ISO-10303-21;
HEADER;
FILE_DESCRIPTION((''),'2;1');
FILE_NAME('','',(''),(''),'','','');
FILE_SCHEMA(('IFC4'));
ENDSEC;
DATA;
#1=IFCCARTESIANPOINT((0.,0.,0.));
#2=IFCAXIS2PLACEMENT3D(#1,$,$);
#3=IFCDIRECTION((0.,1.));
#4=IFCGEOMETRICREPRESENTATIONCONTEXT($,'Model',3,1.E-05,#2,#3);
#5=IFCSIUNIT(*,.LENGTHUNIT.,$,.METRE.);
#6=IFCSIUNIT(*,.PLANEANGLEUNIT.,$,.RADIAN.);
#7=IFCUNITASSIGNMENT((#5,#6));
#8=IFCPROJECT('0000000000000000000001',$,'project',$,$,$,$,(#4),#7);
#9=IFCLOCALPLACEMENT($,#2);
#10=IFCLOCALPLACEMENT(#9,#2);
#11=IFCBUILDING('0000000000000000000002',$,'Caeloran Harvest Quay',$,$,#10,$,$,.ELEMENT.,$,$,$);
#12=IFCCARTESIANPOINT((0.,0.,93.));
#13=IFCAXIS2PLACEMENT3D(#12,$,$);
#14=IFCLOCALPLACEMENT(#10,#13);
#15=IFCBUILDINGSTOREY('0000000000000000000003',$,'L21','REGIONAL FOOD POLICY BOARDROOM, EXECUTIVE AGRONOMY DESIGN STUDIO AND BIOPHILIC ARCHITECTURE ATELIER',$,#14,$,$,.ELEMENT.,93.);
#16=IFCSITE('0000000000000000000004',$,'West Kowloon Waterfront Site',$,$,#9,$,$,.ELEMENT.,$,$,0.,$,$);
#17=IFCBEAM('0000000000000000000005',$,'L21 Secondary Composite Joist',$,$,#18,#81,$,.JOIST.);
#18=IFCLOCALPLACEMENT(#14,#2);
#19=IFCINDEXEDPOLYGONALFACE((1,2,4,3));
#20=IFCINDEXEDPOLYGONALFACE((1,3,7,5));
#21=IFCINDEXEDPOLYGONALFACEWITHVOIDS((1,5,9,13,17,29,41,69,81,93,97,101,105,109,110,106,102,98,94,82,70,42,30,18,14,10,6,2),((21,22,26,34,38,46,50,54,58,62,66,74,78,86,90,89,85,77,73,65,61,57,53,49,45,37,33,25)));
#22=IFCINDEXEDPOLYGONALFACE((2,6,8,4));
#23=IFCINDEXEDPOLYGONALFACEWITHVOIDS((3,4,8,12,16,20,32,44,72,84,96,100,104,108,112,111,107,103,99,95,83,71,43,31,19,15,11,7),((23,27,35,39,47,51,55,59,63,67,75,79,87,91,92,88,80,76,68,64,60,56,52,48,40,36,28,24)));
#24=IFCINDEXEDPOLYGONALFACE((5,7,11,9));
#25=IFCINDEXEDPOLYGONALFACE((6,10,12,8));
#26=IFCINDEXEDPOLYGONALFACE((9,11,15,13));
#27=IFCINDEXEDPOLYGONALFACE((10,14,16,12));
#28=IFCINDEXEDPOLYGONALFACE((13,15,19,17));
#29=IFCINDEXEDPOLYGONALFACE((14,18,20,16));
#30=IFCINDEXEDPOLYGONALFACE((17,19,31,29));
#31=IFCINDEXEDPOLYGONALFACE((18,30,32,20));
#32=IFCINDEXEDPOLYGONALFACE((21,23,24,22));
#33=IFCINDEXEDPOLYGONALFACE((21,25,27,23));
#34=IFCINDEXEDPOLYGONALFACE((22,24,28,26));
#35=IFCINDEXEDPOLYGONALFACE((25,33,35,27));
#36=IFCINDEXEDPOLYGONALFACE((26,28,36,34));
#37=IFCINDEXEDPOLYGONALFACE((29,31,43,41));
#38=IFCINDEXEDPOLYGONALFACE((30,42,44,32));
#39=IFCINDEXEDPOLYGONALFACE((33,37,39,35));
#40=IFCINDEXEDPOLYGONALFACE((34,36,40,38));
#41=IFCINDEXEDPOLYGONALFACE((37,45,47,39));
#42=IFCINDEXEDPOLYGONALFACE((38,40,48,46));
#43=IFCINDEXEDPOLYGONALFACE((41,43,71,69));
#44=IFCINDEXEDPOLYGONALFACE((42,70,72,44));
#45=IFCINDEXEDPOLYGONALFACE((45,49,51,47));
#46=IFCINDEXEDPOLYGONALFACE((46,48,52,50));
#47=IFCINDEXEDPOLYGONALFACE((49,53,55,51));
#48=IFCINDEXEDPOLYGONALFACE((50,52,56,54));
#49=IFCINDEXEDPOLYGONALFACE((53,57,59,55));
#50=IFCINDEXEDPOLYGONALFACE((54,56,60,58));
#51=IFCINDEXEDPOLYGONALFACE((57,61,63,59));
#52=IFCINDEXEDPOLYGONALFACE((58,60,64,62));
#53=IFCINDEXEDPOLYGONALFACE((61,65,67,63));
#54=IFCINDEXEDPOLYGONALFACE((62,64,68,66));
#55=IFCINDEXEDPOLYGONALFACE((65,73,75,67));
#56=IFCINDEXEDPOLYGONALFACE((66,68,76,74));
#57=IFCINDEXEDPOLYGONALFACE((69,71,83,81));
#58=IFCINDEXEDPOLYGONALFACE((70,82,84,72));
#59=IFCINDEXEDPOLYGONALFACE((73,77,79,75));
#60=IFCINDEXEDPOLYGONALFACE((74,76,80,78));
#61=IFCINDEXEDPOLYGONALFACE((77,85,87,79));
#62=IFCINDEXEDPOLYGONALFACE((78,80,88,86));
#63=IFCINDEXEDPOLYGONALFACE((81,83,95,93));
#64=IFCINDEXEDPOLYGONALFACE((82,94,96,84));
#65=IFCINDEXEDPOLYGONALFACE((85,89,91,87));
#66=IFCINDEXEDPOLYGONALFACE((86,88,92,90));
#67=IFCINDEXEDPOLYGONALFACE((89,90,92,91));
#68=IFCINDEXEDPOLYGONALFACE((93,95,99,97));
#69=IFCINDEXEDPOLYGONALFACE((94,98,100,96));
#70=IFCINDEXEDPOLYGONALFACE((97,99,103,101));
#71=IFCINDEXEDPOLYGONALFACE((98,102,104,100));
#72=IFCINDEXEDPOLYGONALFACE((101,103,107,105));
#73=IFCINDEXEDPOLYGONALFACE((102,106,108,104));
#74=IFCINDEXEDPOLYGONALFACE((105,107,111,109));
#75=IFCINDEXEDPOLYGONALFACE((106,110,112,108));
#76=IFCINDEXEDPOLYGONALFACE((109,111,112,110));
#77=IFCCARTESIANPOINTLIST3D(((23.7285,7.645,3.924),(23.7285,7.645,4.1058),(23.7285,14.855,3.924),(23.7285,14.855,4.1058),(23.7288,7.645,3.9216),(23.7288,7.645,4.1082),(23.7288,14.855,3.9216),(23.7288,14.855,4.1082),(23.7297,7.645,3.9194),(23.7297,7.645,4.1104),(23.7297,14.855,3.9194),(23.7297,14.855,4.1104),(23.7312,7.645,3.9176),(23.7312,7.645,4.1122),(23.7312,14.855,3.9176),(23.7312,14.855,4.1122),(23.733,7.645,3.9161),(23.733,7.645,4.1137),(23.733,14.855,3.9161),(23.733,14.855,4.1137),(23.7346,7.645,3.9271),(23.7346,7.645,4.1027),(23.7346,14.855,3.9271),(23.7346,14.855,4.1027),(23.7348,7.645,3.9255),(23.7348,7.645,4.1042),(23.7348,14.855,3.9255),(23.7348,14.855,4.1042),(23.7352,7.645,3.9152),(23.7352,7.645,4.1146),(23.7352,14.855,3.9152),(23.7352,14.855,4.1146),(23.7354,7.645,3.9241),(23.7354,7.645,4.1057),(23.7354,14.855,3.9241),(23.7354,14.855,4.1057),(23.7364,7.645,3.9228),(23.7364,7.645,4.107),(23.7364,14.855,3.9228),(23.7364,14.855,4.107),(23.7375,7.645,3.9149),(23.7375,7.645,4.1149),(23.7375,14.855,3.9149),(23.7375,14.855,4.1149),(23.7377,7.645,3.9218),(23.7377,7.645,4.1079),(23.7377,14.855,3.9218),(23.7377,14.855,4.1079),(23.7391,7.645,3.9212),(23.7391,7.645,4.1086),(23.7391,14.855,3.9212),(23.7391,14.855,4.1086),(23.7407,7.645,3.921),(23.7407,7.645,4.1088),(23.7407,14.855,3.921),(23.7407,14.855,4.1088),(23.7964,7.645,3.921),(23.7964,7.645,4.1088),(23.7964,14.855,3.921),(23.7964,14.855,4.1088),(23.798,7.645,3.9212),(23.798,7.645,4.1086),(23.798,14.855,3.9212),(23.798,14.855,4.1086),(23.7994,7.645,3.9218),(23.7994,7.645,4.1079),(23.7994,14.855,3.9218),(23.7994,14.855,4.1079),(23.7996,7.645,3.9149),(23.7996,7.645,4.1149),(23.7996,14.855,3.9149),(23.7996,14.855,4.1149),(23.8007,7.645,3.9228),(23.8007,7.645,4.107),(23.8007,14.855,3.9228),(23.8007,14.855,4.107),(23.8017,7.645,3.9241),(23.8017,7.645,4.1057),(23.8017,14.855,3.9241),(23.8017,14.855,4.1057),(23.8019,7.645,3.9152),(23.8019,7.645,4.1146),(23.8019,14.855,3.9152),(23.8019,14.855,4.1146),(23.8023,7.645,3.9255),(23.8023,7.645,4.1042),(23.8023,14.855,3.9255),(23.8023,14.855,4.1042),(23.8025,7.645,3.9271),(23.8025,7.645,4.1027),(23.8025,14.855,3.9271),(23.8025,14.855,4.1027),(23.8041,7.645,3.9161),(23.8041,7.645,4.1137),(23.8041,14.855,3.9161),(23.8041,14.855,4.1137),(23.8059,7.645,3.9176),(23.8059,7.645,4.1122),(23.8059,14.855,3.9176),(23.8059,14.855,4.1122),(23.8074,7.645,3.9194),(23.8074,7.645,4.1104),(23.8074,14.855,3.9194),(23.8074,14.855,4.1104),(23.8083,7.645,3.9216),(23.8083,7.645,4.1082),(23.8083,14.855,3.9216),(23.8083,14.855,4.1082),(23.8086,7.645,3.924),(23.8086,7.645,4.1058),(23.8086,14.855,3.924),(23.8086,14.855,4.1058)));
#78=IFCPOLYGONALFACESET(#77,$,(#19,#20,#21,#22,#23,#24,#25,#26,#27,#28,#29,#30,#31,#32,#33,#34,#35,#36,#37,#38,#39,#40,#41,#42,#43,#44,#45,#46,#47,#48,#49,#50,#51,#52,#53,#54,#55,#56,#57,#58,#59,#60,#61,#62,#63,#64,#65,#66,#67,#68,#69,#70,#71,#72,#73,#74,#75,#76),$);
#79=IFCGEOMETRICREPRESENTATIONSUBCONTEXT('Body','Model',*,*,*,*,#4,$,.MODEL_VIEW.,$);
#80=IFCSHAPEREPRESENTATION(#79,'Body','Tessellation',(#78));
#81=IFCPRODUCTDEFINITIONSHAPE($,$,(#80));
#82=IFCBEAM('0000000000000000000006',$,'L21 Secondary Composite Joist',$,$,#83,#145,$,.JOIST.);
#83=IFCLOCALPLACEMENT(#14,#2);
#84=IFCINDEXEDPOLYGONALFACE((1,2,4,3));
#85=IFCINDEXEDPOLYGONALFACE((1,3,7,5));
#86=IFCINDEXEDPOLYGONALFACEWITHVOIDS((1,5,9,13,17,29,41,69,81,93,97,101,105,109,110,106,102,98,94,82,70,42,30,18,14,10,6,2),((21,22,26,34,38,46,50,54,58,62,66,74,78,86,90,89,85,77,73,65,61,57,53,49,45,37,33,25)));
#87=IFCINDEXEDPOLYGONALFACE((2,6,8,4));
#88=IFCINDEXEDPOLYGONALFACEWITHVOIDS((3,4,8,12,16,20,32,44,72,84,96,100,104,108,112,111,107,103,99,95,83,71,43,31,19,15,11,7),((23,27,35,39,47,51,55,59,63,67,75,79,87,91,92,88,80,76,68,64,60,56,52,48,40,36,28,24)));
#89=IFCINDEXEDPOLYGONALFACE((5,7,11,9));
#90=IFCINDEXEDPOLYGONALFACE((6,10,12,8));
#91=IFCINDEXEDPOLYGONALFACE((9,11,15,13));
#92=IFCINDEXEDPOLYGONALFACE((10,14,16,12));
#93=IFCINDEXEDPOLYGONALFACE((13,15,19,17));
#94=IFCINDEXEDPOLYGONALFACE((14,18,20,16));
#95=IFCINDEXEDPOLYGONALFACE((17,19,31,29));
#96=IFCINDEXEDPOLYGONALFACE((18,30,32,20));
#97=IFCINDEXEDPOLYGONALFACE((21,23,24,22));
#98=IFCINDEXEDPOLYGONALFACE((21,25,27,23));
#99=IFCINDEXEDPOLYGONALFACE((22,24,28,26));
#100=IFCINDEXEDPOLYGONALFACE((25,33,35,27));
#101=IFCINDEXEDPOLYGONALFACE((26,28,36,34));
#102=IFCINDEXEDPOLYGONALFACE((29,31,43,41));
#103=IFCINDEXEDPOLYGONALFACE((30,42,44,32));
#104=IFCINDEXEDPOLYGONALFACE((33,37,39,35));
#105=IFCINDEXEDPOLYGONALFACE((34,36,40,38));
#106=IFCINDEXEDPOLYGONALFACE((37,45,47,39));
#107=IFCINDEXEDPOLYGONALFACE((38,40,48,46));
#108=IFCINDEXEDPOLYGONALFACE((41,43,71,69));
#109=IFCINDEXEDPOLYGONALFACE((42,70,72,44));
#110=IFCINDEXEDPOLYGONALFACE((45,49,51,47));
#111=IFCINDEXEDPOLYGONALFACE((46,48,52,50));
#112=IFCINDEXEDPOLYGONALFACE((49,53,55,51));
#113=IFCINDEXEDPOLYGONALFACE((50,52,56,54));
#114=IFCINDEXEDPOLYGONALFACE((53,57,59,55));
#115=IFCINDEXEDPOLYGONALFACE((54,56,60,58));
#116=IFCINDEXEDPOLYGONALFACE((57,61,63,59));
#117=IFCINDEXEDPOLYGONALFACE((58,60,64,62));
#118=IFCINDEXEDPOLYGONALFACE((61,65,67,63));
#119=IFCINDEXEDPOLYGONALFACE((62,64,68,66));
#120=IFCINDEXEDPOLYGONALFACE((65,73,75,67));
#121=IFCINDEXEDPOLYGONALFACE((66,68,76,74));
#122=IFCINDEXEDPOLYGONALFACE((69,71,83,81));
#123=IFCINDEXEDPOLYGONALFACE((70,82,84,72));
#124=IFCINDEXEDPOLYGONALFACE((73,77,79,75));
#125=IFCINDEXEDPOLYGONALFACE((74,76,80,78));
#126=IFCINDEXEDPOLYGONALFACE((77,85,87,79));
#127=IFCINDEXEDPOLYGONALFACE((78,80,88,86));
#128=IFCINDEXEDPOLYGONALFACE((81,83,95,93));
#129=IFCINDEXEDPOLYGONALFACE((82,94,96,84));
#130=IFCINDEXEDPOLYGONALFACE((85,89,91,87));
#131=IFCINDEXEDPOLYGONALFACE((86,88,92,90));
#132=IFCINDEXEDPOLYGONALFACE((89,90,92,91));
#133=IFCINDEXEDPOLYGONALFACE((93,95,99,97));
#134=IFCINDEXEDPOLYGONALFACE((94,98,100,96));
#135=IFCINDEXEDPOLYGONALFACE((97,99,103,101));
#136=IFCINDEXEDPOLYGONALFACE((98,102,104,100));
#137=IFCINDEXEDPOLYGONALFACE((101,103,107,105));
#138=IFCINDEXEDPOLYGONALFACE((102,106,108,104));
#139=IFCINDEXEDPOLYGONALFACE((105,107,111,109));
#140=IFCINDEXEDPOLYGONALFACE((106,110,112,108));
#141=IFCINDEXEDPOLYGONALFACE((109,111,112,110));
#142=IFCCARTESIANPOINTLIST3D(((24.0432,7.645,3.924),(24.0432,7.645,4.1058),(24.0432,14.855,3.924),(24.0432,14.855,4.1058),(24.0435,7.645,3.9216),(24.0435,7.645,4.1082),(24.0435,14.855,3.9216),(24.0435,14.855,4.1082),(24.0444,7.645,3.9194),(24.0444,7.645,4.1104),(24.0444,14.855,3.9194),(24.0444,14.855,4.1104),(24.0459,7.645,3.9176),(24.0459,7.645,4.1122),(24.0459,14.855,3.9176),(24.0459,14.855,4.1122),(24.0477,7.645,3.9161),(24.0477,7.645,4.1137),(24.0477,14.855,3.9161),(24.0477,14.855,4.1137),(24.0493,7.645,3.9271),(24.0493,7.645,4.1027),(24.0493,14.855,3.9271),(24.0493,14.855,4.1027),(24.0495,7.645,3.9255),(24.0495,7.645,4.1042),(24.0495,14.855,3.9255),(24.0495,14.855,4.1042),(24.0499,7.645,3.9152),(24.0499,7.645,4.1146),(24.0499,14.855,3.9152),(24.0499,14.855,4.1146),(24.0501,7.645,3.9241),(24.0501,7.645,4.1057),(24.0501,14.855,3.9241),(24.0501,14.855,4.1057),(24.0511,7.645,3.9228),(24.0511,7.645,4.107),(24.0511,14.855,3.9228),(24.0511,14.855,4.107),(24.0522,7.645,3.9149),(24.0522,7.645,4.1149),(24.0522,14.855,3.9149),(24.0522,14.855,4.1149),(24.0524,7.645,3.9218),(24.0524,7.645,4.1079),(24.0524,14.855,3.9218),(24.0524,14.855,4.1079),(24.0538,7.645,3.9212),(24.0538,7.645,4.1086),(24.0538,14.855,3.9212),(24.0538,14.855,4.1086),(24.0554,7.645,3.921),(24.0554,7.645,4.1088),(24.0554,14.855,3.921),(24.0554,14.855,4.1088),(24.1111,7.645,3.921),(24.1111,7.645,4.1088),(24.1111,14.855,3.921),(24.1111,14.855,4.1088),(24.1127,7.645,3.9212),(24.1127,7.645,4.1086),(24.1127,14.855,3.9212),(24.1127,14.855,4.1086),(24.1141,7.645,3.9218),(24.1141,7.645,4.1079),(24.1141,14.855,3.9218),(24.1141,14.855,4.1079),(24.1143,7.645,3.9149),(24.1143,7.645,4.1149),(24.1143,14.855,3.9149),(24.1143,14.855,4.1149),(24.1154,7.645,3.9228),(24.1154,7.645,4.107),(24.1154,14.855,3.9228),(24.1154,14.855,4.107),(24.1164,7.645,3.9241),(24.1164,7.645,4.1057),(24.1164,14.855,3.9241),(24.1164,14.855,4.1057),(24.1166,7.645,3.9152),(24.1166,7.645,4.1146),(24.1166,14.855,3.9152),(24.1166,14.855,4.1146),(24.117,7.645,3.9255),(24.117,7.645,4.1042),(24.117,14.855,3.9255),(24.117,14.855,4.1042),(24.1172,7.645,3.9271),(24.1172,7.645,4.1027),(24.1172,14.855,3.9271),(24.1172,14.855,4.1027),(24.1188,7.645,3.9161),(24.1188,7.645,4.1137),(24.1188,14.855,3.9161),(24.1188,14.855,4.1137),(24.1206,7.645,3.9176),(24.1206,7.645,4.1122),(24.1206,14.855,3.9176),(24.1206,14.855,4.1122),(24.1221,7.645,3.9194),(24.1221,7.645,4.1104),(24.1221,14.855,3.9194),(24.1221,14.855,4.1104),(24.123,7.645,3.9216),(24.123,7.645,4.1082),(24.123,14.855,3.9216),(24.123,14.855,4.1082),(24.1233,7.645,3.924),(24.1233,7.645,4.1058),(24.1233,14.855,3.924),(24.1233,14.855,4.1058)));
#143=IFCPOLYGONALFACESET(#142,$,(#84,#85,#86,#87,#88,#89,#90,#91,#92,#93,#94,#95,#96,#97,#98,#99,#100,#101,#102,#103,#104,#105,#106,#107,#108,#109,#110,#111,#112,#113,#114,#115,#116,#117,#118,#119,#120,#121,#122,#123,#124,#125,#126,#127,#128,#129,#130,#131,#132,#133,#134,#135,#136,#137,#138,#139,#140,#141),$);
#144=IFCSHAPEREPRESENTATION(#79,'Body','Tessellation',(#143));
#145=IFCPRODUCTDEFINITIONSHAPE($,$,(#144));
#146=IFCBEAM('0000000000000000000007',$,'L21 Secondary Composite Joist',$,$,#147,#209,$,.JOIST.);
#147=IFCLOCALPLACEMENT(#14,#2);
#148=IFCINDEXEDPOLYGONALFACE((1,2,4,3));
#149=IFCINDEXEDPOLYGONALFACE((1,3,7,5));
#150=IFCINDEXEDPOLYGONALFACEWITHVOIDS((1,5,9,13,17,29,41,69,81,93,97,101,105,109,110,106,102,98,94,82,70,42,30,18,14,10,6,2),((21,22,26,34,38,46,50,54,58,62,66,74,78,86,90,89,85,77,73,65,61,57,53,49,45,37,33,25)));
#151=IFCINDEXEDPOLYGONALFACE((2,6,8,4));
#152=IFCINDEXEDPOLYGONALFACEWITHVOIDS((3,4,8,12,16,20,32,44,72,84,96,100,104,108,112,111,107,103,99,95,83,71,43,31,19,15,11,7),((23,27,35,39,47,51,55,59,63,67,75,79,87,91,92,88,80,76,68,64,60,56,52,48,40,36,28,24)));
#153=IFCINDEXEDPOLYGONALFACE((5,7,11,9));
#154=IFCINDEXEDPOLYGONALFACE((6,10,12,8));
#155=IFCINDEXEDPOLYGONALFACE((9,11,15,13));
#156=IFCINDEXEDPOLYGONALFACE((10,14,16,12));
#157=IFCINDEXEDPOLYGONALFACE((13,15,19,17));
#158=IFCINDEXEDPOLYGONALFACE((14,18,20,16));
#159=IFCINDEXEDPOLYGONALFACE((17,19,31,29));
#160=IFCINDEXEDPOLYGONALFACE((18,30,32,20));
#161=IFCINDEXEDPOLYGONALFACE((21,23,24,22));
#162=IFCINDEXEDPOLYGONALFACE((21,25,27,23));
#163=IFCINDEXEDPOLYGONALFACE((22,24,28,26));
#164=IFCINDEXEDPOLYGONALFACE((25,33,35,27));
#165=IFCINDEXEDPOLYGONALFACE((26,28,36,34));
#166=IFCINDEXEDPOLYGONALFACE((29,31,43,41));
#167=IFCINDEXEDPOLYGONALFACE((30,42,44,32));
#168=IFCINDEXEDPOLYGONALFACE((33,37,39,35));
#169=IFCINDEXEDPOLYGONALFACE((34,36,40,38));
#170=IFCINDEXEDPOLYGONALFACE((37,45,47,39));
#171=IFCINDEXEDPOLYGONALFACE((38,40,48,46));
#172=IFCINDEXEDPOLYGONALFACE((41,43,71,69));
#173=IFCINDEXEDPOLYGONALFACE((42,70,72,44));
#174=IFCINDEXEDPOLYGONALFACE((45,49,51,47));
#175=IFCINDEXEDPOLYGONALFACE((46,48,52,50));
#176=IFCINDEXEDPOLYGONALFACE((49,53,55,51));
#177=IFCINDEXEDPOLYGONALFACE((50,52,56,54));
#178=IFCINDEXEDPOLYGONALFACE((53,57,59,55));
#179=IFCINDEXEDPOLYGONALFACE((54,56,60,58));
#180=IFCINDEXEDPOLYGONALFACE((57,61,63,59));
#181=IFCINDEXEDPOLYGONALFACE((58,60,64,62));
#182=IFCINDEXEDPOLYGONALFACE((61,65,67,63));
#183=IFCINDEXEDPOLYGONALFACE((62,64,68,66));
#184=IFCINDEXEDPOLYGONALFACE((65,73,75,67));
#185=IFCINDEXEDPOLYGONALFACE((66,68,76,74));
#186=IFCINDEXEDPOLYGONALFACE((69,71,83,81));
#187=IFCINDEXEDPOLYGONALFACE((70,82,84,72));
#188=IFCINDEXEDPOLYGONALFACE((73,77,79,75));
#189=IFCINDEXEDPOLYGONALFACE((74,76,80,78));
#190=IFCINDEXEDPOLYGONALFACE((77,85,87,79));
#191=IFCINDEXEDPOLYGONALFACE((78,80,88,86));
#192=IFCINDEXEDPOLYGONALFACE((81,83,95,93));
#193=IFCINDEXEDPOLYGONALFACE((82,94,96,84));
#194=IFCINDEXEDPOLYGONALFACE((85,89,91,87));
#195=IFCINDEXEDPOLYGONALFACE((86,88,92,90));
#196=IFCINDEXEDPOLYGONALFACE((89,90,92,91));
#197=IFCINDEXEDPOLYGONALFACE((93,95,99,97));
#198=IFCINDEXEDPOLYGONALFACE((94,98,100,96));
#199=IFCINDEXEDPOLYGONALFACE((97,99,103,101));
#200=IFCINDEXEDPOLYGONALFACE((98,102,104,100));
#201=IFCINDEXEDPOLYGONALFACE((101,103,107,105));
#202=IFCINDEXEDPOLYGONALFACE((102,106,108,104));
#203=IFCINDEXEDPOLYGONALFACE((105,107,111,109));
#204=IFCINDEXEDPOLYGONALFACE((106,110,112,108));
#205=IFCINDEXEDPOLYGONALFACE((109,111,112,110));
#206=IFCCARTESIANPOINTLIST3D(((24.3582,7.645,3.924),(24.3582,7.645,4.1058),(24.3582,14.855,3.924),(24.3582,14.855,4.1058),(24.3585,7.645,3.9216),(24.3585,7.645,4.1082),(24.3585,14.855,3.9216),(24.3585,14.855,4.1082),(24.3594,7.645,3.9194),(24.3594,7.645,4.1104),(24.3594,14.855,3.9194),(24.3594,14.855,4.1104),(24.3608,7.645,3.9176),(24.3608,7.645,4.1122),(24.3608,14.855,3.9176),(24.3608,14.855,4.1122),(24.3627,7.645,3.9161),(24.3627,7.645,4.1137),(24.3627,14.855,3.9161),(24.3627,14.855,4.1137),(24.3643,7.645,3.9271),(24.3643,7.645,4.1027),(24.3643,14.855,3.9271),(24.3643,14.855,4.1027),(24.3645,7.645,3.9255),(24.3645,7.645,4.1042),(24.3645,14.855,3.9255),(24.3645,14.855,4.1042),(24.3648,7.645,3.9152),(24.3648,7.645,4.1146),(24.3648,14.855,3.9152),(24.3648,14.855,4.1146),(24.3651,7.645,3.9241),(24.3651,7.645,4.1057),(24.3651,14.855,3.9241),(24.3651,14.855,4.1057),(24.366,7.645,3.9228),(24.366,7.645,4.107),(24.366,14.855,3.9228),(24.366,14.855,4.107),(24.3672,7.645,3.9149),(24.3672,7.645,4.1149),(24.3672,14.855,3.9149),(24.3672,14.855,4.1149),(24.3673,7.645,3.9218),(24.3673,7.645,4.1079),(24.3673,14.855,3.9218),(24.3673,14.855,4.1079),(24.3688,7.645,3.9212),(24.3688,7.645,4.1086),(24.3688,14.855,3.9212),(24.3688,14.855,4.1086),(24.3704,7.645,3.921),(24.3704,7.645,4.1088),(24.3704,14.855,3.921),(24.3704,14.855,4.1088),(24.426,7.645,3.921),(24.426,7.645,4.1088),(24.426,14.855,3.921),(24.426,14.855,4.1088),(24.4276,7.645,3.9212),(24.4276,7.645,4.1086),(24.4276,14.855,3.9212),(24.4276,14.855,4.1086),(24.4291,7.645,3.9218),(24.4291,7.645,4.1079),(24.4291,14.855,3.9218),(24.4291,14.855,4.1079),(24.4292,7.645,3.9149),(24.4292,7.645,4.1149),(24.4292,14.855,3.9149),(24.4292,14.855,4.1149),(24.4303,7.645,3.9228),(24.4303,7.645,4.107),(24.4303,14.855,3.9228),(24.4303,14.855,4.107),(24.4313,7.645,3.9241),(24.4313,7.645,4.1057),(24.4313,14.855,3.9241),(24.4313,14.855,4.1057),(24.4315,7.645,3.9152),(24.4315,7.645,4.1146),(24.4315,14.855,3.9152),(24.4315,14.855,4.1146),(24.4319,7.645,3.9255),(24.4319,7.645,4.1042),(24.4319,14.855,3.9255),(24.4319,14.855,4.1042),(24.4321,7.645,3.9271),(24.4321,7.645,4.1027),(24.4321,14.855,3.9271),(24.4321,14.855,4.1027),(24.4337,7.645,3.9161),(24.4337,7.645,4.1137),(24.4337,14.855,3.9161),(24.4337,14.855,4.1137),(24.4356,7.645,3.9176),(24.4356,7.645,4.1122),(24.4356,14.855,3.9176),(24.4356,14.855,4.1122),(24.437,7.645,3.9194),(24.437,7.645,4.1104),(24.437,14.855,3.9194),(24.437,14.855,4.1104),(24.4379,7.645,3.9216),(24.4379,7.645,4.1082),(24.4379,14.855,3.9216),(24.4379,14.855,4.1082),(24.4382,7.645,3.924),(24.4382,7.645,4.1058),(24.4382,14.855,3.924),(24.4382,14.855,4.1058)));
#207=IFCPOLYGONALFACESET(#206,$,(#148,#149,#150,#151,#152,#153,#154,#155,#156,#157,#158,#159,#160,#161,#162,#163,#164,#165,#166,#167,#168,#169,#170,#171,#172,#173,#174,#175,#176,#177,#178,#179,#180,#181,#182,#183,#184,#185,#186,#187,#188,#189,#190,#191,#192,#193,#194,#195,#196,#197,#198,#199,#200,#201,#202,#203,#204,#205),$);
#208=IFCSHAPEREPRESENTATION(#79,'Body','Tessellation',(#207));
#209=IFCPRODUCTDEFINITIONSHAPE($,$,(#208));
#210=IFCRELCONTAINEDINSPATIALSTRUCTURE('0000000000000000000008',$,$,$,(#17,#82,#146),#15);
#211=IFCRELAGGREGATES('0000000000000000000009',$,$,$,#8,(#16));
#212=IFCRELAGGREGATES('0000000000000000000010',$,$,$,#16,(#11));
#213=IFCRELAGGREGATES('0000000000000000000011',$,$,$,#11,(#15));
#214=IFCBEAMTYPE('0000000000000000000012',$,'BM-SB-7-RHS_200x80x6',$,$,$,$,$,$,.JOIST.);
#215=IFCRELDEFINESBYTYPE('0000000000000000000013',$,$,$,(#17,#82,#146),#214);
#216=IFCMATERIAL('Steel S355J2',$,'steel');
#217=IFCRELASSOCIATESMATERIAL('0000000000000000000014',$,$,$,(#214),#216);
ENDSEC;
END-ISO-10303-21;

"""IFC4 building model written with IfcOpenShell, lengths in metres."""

from ifc_helpers import new_model, si_unit, direction, frame, origin, origin_2d, place, context, subcontext, project, spatial, hollow_rectangle, extrude, material, material_profile, profile_set, type_object, element, save


model = new_model("IFC4")

# Units and contexts
model_context = context("Model", 3, precision=1e-05, world=origin(), true_north=direction((0.0, 1.0)))
body_context = subcontext(model_context, "Body", "Model", "MODEL_VIEW")
ifc_project = project(units=[si_unit("LENGTHUNIT", "METRE"), si_unit("PLANEANGLEUNIT", "RADIAN")], contexts=[model_context])

# Site, building, storey
site_placement = place(None, origin())
site = spatial("IfcSite", under=ifc_project, at=site_placement, Name="West Kowloon Waterfront Site", CompositionType="ELEMENT", RefElevation=0.0)
building_placement = place(site_placement, origin())
building = spatial("IfcBuilding", under=site, at=building_placement, Name="Caeloran Harvest Quay", CompositionType="ELEMENT")
storey_placement = place(building_placement, frame((0.0, 0.0, 93.0)))
storey = spatial("IfcBuildingStorey", under=building, at=storey_placement, Name="L21", Description="REGIONAL FOOD POLICY BOARDROOM, EXECUTIVE AGRONOMY DESIGN STUDIO AND BIOPHILIC ARCHITECTURE ATELIER", CompositionType="ELEMENT", Elevation=93.0)

# Beams
ifc_material_1 = material(Name="Steel S355J2", Category="steel")
ifc_material_profile_1 = material_profile(ifc_material_1, hollow_rectangle(XDim=0.0801, YDim=0.2, WallThickness=0.0061, InnerFilletRadius=0.0061, OuterFilletRadius=0.009, at=origin_2d()), Name="RHS 200x80x6")
ifc_profile_set_1 = profile_set([ifc_material_profile_1], Name="Steel S355J2")
beam_type_1 = type_object("IfcBeamType", Name="BM-SB-7-RHS_200x80x6", PredefinedType="JOIST", material=ifc_profile_set_1)
for number, where, z_axis, x_axis, name in (
    (1, (23.7686, 7.645, 4.0149), (0.0, 1.0, 0.0), (-1.0, 0.0, 0.0), "L21 Secondary Composite Joist"),
    (2, (24.0833, 7.645, 4.0149), (0.0, 1.0, 0.0), (-1.0, 0.0, 0.0), "L21 Secondary Composite Joist"),
    (3, (24.3982, 7.645, 4.0149), (0.0, 1.0, 0.0), (-1.0, 0.0, 0.0), "L21 Secondary Composite Joist"),
):
    element("IfcBeam", number, at=place(storey_placement, frame(where, z_axis=z_axis, x_axis=x_axis)), inside=storey, type_object=beam_type_1, Name=name, PredefinedType="JOIST", context=body_context, shape_type="SweptSolid", body=[
        extrude(hollow_rectangle(XDim=0.0801, YDim=0.2, WallThickness=0.0061, InnerFilletRadius=0.0061, OuterFilletRadius=0.009, at=origin_2d()), origin(), (0.0, 0.0, 1.0), 7.21),
    ])

save(model, "model.ifc")
